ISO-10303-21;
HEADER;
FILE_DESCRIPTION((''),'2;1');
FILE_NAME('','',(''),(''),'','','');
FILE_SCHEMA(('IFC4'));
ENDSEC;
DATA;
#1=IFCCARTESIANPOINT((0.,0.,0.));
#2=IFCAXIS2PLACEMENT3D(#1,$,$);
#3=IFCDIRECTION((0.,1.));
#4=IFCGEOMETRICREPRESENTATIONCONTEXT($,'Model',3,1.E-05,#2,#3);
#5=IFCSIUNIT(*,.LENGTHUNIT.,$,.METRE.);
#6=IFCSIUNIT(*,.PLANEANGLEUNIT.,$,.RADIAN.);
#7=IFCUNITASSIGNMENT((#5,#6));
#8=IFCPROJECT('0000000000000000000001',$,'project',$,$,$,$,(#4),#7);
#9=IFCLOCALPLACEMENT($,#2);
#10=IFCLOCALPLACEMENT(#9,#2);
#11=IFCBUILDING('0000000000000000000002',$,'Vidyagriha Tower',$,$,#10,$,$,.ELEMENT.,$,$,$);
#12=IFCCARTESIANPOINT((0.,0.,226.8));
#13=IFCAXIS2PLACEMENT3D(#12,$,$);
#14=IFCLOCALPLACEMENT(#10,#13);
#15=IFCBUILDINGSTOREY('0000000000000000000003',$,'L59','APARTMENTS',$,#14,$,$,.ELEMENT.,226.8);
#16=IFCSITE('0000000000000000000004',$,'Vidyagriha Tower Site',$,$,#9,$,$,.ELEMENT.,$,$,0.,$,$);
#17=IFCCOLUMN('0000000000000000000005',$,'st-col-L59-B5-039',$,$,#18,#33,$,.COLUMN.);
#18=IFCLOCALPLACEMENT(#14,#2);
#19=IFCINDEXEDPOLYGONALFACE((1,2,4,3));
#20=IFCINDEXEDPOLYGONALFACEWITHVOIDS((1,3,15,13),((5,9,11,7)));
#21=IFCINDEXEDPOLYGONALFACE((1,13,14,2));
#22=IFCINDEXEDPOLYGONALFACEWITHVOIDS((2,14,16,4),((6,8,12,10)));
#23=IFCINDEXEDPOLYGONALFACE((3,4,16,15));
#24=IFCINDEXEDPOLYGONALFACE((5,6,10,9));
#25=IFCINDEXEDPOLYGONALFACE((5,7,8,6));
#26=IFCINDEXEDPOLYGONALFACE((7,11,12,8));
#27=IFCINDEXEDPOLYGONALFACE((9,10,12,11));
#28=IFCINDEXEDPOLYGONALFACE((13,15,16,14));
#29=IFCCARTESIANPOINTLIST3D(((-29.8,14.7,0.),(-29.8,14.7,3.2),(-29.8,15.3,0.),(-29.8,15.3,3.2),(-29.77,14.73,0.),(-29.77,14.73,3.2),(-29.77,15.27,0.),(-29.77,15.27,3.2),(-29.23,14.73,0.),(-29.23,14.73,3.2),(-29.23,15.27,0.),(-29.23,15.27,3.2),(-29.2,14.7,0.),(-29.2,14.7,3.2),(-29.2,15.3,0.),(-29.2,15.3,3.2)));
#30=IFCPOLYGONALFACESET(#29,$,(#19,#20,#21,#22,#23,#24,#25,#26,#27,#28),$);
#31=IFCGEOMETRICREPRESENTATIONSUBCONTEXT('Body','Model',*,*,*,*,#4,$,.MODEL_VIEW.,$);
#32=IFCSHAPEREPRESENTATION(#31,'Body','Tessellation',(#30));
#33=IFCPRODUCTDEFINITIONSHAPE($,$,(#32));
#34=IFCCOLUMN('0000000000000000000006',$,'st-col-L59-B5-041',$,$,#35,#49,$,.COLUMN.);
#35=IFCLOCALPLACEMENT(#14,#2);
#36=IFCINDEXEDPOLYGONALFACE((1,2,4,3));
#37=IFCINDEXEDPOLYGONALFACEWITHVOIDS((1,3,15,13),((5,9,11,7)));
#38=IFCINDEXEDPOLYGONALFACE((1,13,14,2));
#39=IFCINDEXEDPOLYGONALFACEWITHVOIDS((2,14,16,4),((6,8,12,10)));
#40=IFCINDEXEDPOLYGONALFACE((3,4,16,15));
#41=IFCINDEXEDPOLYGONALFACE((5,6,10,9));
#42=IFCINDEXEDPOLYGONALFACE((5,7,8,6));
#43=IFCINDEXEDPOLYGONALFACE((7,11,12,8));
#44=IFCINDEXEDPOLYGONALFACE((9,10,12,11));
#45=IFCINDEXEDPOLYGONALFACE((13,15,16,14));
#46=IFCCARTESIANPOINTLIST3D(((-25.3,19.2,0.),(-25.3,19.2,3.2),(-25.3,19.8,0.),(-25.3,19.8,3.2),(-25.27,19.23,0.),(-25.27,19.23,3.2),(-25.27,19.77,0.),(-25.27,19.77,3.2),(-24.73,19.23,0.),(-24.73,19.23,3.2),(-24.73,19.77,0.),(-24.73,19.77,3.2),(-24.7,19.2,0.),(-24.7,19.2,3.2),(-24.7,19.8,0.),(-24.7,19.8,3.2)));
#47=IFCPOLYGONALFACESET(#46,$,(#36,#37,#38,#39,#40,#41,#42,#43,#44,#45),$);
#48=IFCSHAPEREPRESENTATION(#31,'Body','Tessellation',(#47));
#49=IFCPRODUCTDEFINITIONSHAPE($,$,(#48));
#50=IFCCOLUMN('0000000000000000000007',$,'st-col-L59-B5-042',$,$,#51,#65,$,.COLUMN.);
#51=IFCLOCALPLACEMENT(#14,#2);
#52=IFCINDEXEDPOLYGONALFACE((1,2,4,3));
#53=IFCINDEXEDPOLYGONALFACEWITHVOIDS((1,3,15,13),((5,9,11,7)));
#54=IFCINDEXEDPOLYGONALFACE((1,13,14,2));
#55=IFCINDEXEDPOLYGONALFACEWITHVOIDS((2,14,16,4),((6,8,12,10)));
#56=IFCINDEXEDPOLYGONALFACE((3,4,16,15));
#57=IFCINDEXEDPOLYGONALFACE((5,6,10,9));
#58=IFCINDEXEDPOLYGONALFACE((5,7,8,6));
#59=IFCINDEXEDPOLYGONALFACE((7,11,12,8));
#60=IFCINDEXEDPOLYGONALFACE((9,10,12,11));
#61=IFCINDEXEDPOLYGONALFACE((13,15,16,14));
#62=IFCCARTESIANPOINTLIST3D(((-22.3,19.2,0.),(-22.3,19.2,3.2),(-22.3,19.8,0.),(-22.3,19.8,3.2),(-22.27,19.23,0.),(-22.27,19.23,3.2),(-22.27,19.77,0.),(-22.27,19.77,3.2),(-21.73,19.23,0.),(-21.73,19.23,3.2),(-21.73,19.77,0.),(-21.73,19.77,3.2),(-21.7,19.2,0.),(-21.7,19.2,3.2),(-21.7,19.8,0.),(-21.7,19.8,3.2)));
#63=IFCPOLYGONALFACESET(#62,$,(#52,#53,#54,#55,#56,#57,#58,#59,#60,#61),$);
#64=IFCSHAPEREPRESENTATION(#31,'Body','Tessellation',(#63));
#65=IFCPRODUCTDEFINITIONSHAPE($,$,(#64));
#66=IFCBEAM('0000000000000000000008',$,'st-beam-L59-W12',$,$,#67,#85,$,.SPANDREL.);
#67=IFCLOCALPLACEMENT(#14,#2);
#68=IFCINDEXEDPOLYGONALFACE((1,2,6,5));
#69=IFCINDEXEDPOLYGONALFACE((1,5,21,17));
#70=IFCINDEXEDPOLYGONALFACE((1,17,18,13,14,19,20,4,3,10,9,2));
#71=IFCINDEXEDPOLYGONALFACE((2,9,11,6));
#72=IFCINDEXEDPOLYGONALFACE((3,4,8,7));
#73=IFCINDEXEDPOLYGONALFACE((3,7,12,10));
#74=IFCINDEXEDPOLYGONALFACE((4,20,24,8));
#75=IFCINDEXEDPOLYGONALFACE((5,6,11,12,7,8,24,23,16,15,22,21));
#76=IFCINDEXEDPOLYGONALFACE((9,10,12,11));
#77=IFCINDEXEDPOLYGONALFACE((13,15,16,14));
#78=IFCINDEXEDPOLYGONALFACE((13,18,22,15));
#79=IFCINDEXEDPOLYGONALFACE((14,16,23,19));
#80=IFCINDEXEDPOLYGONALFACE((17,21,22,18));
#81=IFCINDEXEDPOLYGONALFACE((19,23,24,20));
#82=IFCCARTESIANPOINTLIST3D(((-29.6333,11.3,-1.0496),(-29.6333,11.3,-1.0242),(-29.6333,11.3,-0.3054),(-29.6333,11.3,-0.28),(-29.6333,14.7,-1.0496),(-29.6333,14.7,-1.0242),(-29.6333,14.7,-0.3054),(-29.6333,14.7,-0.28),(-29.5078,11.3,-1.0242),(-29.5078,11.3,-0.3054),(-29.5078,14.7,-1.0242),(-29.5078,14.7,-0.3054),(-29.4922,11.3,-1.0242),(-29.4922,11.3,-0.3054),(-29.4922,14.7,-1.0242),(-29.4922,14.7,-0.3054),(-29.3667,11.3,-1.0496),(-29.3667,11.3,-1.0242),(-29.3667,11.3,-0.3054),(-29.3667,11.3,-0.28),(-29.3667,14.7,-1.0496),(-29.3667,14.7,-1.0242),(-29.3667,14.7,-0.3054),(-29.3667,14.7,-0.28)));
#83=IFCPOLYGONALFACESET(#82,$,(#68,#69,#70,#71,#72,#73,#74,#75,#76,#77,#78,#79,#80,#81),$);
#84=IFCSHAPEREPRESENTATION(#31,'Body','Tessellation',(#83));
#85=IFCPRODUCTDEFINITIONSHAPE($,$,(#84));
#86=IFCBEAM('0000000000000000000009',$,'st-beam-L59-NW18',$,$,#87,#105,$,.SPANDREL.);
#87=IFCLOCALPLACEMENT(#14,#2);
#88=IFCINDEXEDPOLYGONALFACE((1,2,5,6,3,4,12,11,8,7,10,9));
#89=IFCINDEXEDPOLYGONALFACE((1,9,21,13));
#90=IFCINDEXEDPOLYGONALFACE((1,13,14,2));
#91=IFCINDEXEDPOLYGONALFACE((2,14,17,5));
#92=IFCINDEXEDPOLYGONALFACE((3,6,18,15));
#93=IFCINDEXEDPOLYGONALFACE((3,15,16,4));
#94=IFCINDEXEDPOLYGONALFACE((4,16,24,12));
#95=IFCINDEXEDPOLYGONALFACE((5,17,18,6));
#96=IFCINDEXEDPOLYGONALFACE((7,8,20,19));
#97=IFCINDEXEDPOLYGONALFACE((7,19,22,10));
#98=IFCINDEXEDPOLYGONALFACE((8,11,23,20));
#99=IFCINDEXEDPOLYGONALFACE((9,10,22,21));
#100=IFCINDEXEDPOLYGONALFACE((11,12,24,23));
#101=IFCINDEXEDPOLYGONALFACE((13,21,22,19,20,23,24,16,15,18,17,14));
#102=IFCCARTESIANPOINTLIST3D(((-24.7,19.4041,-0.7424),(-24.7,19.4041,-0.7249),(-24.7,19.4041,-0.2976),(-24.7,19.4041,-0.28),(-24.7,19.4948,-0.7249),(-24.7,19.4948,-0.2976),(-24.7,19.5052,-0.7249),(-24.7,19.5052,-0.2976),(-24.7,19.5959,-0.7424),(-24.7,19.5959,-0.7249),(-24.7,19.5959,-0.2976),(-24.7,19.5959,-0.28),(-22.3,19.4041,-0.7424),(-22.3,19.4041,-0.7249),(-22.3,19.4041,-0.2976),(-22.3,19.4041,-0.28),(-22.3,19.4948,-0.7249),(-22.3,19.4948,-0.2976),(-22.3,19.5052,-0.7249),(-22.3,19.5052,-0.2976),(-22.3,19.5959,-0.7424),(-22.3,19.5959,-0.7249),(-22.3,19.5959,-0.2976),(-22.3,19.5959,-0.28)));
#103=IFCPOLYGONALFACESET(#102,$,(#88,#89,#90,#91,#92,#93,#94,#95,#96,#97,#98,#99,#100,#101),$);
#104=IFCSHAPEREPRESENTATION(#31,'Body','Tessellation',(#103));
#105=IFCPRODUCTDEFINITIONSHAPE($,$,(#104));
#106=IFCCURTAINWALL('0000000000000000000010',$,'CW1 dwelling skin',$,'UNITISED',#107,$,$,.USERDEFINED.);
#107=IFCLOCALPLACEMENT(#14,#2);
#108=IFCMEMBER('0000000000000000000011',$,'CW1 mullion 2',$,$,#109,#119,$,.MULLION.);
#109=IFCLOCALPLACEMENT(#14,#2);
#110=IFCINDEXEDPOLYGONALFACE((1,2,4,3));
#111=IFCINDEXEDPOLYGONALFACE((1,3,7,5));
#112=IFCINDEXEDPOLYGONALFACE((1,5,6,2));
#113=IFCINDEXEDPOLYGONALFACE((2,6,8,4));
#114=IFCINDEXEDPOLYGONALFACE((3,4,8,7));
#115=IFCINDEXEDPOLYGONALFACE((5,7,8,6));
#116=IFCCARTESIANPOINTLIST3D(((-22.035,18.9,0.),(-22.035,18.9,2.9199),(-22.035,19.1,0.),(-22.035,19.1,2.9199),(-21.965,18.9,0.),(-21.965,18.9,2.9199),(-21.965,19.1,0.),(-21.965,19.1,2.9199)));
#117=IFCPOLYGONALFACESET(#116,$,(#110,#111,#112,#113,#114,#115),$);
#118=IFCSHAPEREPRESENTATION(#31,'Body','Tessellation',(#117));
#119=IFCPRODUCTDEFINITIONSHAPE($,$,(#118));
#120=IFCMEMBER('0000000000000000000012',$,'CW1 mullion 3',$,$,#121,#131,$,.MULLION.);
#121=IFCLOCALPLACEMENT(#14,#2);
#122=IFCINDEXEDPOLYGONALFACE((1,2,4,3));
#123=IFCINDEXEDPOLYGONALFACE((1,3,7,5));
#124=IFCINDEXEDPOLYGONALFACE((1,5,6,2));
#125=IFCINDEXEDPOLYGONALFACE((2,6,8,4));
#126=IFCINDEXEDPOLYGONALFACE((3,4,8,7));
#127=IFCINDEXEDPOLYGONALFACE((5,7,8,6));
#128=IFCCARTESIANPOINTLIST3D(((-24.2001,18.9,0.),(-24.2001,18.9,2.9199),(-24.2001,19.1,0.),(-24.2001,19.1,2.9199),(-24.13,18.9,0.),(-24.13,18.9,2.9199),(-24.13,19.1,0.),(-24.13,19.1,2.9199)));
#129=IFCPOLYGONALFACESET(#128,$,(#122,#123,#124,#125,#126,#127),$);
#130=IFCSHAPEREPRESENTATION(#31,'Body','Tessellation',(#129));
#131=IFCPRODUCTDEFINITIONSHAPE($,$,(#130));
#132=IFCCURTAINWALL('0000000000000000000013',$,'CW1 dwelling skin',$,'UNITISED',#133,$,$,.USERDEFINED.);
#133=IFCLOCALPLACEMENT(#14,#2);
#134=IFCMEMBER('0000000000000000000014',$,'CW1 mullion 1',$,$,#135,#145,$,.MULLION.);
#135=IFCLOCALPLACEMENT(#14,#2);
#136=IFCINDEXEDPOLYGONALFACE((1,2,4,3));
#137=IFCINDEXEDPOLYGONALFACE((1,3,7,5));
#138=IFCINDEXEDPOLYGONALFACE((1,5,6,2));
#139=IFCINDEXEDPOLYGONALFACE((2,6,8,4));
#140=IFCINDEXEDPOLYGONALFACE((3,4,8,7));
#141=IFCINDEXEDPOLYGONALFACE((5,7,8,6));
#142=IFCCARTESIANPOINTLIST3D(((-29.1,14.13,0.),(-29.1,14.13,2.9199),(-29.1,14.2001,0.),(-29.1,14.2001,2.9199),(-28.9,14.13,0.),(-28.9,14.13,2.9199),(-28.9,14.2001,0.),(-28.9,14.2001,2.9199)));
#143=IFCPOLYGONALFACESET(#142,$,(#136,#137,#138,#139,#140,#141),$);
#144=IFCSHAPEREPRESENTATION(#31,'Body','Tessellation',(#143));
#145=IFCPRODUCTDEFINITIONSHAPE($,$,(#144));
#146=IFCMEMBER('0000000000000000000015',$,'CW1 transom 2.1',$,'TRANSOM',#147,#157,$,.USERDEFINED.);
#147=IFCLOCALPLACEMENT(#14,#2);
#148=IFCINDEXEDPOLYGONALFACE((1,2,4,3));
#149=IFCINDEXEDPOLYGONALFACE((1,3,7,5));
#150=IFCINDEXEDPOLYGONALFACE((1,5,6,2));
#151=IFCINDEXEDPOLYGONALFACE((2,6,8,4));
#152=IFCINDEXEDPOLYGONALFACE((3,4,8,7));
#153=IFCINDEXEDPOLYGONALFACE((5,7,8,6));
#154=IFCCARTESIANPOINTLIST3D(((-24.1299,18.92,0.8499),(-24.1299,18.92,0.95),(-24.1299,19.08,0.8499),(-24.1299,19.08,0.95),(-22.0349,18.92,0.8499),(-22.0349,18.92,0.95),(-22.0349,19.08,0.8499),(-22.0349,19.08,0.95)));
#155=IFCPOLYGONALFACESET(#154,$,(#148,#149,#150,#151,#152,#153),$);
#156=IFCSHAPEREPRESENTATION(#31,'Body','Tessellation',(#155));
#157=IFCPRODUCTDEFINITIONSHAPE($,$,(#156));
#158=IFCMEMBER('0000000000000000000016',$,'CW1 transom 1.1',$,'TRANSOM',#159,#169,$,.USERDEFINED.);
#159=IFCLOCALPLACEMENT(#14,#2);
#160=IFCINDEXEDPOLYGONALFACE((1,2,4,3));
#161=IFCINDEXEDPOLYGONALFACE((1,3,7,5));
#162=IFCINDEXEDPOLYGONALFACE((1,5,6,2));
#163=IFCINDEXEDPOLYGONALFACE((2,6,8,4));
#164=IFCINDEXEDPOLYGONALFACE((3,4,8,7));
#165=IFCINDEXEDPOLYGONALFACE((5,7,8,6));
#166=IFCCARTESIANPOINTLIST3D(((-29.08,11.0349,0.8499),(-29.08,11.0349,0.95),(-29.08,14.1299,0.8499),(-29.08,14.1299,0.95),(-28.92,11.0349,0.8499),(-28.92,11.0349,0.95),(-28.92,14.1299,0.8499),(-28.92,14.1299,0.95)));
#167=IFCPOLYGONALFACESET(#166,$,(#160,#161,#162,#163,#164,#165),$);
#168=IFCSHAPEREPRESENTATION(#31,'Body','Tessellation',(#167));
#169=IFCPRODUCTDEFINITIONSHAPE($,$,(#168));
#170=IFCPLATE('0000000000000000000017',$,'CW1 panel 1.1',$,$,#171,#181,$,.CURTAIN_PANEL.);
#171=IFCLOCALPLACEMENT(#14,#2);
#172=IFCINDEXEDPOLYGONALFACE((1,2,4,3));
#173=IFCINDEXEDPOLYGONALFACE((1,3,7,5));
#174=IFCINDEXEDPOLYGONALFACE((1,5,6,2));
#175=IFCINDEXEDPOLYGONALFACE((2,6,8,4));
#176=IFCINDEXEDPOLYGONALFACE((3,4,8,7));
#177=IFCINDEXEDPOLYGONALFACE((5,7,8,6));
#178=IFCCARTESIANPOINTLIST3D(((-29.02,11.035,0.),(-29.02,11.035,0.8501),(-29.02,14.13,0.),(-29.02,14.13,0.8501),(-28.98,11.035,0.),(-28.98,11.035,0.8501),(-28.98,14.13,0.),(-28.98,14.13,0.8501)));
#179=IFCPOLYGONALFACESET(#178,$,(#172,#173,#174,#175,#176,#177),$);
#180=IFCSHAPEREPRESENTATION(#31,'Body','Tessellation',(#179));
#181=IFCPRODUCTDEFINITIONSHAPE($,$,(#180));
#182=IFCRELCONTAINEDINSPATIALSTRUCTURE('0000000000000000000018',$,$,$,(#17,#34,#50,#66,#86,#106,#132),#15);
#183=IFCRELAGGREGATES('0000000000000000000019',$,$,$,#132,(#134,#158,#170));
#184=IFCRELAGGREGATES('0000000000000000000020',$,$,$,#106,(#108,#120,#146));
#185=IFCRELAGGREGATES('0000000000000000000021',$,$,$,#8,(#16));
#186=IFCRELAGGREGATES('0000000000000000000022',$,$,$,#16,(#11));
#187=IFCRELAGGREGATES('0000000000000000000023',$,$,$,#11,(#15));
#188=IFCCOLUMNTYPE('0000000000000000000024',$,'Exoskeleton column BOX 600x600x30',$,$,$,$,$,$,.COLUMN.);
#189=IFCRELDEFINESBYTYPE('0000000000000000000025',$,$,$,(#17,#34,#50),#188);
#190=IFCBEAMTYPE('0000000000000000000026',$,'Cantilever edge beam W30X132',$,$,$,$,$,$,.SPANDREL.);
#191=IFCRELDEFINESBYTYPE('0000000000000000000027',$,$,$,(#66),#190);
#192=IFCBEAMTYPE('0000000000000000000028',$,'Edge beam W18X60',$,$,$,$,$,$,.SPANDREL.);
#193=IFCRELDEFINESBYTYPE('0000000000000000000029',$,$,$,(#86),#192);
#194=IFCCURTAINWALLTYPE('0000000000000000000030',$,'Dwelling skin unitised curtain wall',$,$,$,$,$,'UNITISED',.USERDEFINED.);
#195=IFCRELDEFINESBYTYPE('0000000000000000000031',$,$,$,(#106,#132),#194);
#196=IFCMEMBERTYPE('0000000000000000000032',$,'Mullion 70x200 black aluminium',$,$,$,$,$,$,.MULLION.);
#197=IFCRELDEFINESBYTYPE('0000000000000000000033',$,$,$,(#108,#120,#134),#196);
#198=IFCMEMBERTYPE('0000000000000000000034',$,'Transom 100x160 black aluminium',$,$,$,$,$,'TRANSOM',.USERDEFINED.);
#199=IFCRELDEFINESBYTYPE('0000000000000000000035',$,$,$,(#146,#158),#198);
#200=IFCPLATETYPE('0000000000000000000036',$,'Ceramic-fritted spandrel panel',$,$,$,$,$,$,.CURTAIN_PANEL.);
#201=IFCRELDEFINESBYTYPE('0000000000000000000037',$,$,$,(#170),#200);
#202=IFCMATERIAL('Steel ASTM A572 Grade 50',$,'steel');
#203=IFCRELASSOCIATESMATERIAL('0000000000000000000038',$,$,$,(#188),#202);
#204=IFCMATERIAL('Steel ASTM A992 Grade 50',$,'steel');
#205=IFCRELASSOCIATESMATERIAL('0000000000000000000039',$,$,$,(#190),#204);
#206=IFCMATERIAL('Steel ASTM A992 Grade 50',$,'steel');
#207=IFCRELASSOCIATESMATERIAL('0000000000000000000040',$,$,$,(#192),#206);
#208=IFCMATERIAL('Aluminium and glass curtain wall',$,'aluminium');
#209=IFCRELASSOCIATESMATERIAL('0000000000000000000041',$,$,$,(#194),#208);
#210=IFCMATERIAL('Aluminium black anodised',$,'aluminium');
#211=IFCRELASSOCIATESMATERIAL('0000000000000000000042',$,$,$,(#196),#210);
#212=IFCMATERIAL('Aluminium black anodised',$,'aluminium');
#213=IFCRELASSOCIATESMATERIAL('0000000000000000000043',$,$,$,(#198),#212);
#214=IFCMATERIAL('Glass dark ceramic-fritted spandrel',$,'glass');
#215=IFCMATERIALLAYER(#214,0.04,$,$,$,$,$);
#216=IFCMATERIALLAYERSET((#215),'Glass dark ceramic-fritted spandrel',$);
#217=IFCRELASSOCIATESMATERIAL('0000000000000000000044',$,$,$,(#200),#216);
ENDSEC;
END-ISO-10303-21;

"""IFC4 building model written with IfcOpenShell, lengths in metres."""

from ifc_helpers import new_model, si_unit, direction, frame, origin, origin_2d, place, context, subcontext, project, spatial, rectangle, hollow_rectangle, i_section, extrude, material, layer, layer_set, material_profile, profile_set, type_object, element, aggregate, save


model = new_model("IFC4")

# Units and contexts
model_context = context("Model", 3, precision=1e-05, world=origin(), true_north=direction((0.0, 1.0)))
body_context = subcontext(model_context, "Body", "Model", "MODEL_VIEW")
ifc_project = project(units=[si_unit("LENGTHUNIT", "METRE"), si_unit("PLANEANGLEUNIT", "RADIAN")], contexts=[model_context])

# Site, building, storey
site_placement = place(None, origin())
site = spatial("IfcSite", under=ifc_project, at=site_placement, Name="Vidyagriha Tower Site", CompositionType="ELEMENT", RefElevation=0.0)
building_placement = place(site_placement, origin())
building = spatial("IfcBuilding", under=site, at=building_placement, Name="Vidyagriha Tower", CompositionType="ELEMENT")
storey_placement = place(building_placement, frame((0.0, 0.0, 226.8)))
storey = spatial("IfcBuildingStorey", under=building, at=storey_placement, Name="L59", Description="APARTMENTS", CompositionType="ELEMENT", Elevation=226.8)

# Columns
ifc_material_1 = material(Name="Steel ASTM A572 Grade 50", Category="steel")
ifc_material_profile_1 = material_profile(ifc_material_1, hollow_rectangle(XDim=0.6001, YDim=0.6001, WallThickness=0.03, at=origin_2d()), Name="BOX 600x600x30")
ifc_profile_set_1 = profile_set([ifc_material_profile_1], Name="Steel ASTM A572 Grade 50")
column_type = type_object("IfcColumnType", Name="Exoskeleton column BOX 600x600x30", PredefinedType="COLUMN", material=ifc_profile_set_1)
for number, where, name in (
    (1, (-29.5, 15.0, 0.0), "st-col-L59-B5-039"),
    (2, (-25.0, 19.5, 0.0), "st-col-L59-B5-041"),
    (3, (-22.0, 19.5, 0.0), "st-col-L59-B5-042"),
):
    element("IfcColumn", number, at=place(storey_placement, frame(where)), inside=storey, type_object=column_type, Name=name, PredefinedType="COLUMN", context=body_context, shape_type="SweptSolid", body=[
        extrude(hollow_rectangle(XDim=0.6001, YDim=0.6001, WallThickness=0.03, at=origin_2d()), origin(), (0.0, 0.0, 1.0), 3.2),
    ])

# Beams
ifc_material_2 = material(Name="Steel ASTM A992 Grade 50", Category="steel")
ifc_material_profile_2 = material_profile(ifc_material_2, i_section(OverallWidth=0.2666, OverallDepth=0.7695, WebThickness=0.0156, FlangeThickness=0.0254, at=origin_2d()), Name="W30X132")
ifc_profile_set_2 = profile_set([ifc_material_profile_2], Name="Steel ASTM A992 Grade 50")
beam_type_1 = type_object("IfcBeamType", Name="Cantilever edge beam W30X132", PredefinedType="SPANDREL", material=ifc_profile_set_2)
beam_1_placement = place(storey_placement, frame((-29.5, 11.3, -0.6648), z_axis=(0.0, 1.0, 0.0), x_axis=(-1.0, 0.0, 0.0)))
element("IfcBeam", 4, at=beam_1_placement, inside=storey, type_object=beam_type_1, Name="st-beam-L59-W12", PredefinedType="SPANDREL", context=body_context, shape_type="SweptSolid", body=[
    extrude(i_section(OverallWidth=0.2666, OverallDepth=0.7695, WebThickness=0.0156, FlangeThickness=0.0254, at=origin_2d()), origin(), (0.0, 0.0, 1.0), 3.3999),
])
ifc_material_3 = material(Name="Steel ASTM A992 Grade 50", Category="steel")
ifc_material_profile_3 = material_profile(ifc_material_3, i_section(OverallWidth=0.1919, OverallDepth=0.4624, WebThickness=0.0105, FlangeThickness=0.0176, at=origin_2d()), Name="W18X60")
ifc_profile_set_3 = profile_set([ifc_material_profile_3], Name="Steel ASTM A992 Grade 50")
beam_type_2 = type_object("IfcBeamType", Name="Edge beam W18X60", PredefinedType="SPANDREL", material=ifc_profile_set_3)
beam_2_placement = place(storey_placement, frame((-24.7, 19.5, -0.5112), z_axis=(1.0, 0.0, 0.0), x_axis=(0.0, 1.0, 0.0)))
element("IfcBeam", 5, at=beam_2_placement, inside=storey, type_object=beam_type_2, Name="st-beam-L59-NW18", PredefinedType="SPANDREL", context=body_context, shape_type="SweptSolid", body=[
    extrude(i_section(OverallWidth=0.1919, OverallDepth=0.4624, WebThickness=0.0105, FlangeThickness=0.0176, at=origin_2d()), origin(), (0.0, 0.0, 1.0), 2.3999),
])

# Curtain wall, members
ifc_material_4 = material(Name="Aluminium and glass curtain wall", Category="aluminium")
curtain_wall_type = type_object("IfcCurtainWallType", Name="Dwelling skin unitised curtain wall", ElementType="UNITISED", PredefinedType="USERDEFINED", material=ifc_material_4)
curtain_wall_1_placement = place(storey_placement, origin())
curtain_wall_1 = element("IfcCurtainWall", 6, at=curtain_wall_1_placement, inside=storey, type_object=curtain_wall_type, Name="CW1 dwelling skin", ObjectType="UNITISED", PredefinedType="USERDEFINED")
ifc_material_5 = material(Name="Aluminium black anodised", Category="aluminium")
ifc_material_profile_4 = material_profile(ifc_material_5, rectangle(XDim=0.2, YDim=0.0701, at=origin_2d()), Name="Mullion 70x200 black aluminium")
ifc_profile_set_4 = profile_set([ifc_material_profile_4], Name="Aluminium black anodised")
member_type_1 = type_object("IfcMemberType", Name="Mullion 70x200 black aluminium", PredefinedType="MULLION", material=ifc_profile_set_4)
member_1_placement = place(storey_placement, frame((-22.0, 19.0, 0.0), z_axis=(0.0, 0.0, 1.0), x_axis=(0.0, -1.0, 0.0)))
member_1 = element("IfcMember", 7, at=member_1_placement, type_object=member_type_1, Name="CW1 mullion 2", PredefinedType="MULLION", context=body_context, shape_type="SweptSolid", body=[
    extrude(rectangle(XDim=0.2, YDim=0.0701, at=origin_2d()), origin(), (0.0, 0.0, 1.0), 2.9199),
])
member_2_placement = place(storey_placement, frame((-24.165, 19.0, 0.0), z_axis=(0.0, 0.0, 1.0), x_axis=(0.0, -1.0, 0.0)))
member_2 = element("IfcMember", 8, at=member_2_placement, type_object=member_type_1, Name="CW1 mullion 3", PredefinedType="MULLION", context=body_context, shape_type="SweptSolid", body=[
    extrude(rectangle(XDim=0.2, YDim=0.0701, at=origin_2d()), origin(), (0.0, 0.0, 1.0), 2.9199),
])

# Curtain wall, member
curtain_wall_2_placement = place(storey_placement, origin())
curtain_wall_2 = element("IfcCurtainWall", 9, at=curtain_wall_2_placement, inside=storey, type_object=curtain_wall_type, Name="CW1 dwelling skin", ObjectType="UNITISED", PredefinedType="USERDEFINED")
member_3_placement = place(storey_placement, frame((-29.0, 14.165, 0.0)))
member_3 = element("IfcMember", 10, at=member_3_placement, type_object=member_type_1, Name="CW1 mullion 1", PredefinedType="MULLION", context=body_context, shape_type="SweptSolid", body=[
    extrude(rectangle(XDim=0.2, YDim=0.0701, at=origin_2d()), origin(), (0.0, 0.0, 1.0), 2.9199),
])

# Members
ifc_material_6 = material(Name="Aluminium black anodised", Category="aluminium")
ifc_material_profile_5 = material_profile(ifc_material_6, rectangle(XDim=0.1599, YDim=0.1001, at=origin_2d()), Name="Transom 100x160 black aluminium")
ifc_profile_set_5 = profile_set([ifc_material_profile_5], Name="Aluminium black anodised")
member_type_2 = type_object("IfcMemberType", Name="Transom 100x160 black aluminium", ElementType="TRANSOM", PredefinedType="USERDEFINED", material=ifc_profile_set_5)
member_4_placement = place(storey_placement, frame((-22.0349, 19.0, 0.8999), z_axis=(-1.0, 0.0, 0.0), x_axis=(0.0, -1.0, 0.0)))
member_4 = element("IfcMember", 11, at=member_4_placement, type_object=member_type_2, Name="CW1 transom 2.1", ObjectType="TRANSOM", PredefinedType="USERDEFINED", context=body_context, shape_type="SweptSolid", body=[
    extrude(rectangle(XDim=0.1599, YDim=0.1001, at=origin_2d()), origin(), (0.0, 0.0, 1.0), 2.095),
])
member_5_placement = place(storey_placement, frame((-29.0, 14.1299, 0.8999), z_axis=(0.0, -1.0, 0.0), x_axis=(1.0, 0.0, 0.0)))
member_5 = element("IfcMember", 12, at=member_5_placement, type_object=member_type_2, Name="CW1 transom 1.1", ObjectType="TRANSOM", PredefinedType="USERDEFINED", context=body_context, shape_type="SweptSolid", body=[
    extrude(rectangle(XDim=0.1599, YDim=0.1001, at=origin_2d()), origin(), (0.0, 0.0, 1.0), 3.095),
])

# Plate
ifc_material_7 = material(Name="Glass dark ceramic-fritted spandrel", Category="glass")
ifc_layer_1 = layer(ifc_material_7, 0.04)
ifc_layer_set_1 = layer_set([ifc_layer_1], Name="Glass dark ceramic-fritted spandrel")
plate_type_1 = type_object("IfcPlateType", Name="Ceramic-fritted spandrel panel", PredefinedType="CURTAIN_PANEL", material=ifc_layer_set_1)
plate_1_placement = place(storey_placement, frame((-29.0, 12.5825, 0.0), z_axis=(0.0, 0.0, 1.0), x_axis=(0.0, -1.0, 0.0)))
plate_1 = element("IfcPlate", 13, at=plate_1_placement, type_object=plate_type_1, Name="CW1 panel 1.1", PredefinedType="CURTAIN_PANEL", context=body_context, shape_type="SweptSolid", body=[
    extrude(rectangle(XDim=3.095, YDim=0.04, at=origin_2d()), origin(), (0.0, 0.0, 1.0), 0.8501),
])
aggregate(curtain_wall_2, [member_3, member_5, plate_1])
aggregate(curtain_wall_1, [member_1, member_2, member_4])

save(model, "model.ifc")
